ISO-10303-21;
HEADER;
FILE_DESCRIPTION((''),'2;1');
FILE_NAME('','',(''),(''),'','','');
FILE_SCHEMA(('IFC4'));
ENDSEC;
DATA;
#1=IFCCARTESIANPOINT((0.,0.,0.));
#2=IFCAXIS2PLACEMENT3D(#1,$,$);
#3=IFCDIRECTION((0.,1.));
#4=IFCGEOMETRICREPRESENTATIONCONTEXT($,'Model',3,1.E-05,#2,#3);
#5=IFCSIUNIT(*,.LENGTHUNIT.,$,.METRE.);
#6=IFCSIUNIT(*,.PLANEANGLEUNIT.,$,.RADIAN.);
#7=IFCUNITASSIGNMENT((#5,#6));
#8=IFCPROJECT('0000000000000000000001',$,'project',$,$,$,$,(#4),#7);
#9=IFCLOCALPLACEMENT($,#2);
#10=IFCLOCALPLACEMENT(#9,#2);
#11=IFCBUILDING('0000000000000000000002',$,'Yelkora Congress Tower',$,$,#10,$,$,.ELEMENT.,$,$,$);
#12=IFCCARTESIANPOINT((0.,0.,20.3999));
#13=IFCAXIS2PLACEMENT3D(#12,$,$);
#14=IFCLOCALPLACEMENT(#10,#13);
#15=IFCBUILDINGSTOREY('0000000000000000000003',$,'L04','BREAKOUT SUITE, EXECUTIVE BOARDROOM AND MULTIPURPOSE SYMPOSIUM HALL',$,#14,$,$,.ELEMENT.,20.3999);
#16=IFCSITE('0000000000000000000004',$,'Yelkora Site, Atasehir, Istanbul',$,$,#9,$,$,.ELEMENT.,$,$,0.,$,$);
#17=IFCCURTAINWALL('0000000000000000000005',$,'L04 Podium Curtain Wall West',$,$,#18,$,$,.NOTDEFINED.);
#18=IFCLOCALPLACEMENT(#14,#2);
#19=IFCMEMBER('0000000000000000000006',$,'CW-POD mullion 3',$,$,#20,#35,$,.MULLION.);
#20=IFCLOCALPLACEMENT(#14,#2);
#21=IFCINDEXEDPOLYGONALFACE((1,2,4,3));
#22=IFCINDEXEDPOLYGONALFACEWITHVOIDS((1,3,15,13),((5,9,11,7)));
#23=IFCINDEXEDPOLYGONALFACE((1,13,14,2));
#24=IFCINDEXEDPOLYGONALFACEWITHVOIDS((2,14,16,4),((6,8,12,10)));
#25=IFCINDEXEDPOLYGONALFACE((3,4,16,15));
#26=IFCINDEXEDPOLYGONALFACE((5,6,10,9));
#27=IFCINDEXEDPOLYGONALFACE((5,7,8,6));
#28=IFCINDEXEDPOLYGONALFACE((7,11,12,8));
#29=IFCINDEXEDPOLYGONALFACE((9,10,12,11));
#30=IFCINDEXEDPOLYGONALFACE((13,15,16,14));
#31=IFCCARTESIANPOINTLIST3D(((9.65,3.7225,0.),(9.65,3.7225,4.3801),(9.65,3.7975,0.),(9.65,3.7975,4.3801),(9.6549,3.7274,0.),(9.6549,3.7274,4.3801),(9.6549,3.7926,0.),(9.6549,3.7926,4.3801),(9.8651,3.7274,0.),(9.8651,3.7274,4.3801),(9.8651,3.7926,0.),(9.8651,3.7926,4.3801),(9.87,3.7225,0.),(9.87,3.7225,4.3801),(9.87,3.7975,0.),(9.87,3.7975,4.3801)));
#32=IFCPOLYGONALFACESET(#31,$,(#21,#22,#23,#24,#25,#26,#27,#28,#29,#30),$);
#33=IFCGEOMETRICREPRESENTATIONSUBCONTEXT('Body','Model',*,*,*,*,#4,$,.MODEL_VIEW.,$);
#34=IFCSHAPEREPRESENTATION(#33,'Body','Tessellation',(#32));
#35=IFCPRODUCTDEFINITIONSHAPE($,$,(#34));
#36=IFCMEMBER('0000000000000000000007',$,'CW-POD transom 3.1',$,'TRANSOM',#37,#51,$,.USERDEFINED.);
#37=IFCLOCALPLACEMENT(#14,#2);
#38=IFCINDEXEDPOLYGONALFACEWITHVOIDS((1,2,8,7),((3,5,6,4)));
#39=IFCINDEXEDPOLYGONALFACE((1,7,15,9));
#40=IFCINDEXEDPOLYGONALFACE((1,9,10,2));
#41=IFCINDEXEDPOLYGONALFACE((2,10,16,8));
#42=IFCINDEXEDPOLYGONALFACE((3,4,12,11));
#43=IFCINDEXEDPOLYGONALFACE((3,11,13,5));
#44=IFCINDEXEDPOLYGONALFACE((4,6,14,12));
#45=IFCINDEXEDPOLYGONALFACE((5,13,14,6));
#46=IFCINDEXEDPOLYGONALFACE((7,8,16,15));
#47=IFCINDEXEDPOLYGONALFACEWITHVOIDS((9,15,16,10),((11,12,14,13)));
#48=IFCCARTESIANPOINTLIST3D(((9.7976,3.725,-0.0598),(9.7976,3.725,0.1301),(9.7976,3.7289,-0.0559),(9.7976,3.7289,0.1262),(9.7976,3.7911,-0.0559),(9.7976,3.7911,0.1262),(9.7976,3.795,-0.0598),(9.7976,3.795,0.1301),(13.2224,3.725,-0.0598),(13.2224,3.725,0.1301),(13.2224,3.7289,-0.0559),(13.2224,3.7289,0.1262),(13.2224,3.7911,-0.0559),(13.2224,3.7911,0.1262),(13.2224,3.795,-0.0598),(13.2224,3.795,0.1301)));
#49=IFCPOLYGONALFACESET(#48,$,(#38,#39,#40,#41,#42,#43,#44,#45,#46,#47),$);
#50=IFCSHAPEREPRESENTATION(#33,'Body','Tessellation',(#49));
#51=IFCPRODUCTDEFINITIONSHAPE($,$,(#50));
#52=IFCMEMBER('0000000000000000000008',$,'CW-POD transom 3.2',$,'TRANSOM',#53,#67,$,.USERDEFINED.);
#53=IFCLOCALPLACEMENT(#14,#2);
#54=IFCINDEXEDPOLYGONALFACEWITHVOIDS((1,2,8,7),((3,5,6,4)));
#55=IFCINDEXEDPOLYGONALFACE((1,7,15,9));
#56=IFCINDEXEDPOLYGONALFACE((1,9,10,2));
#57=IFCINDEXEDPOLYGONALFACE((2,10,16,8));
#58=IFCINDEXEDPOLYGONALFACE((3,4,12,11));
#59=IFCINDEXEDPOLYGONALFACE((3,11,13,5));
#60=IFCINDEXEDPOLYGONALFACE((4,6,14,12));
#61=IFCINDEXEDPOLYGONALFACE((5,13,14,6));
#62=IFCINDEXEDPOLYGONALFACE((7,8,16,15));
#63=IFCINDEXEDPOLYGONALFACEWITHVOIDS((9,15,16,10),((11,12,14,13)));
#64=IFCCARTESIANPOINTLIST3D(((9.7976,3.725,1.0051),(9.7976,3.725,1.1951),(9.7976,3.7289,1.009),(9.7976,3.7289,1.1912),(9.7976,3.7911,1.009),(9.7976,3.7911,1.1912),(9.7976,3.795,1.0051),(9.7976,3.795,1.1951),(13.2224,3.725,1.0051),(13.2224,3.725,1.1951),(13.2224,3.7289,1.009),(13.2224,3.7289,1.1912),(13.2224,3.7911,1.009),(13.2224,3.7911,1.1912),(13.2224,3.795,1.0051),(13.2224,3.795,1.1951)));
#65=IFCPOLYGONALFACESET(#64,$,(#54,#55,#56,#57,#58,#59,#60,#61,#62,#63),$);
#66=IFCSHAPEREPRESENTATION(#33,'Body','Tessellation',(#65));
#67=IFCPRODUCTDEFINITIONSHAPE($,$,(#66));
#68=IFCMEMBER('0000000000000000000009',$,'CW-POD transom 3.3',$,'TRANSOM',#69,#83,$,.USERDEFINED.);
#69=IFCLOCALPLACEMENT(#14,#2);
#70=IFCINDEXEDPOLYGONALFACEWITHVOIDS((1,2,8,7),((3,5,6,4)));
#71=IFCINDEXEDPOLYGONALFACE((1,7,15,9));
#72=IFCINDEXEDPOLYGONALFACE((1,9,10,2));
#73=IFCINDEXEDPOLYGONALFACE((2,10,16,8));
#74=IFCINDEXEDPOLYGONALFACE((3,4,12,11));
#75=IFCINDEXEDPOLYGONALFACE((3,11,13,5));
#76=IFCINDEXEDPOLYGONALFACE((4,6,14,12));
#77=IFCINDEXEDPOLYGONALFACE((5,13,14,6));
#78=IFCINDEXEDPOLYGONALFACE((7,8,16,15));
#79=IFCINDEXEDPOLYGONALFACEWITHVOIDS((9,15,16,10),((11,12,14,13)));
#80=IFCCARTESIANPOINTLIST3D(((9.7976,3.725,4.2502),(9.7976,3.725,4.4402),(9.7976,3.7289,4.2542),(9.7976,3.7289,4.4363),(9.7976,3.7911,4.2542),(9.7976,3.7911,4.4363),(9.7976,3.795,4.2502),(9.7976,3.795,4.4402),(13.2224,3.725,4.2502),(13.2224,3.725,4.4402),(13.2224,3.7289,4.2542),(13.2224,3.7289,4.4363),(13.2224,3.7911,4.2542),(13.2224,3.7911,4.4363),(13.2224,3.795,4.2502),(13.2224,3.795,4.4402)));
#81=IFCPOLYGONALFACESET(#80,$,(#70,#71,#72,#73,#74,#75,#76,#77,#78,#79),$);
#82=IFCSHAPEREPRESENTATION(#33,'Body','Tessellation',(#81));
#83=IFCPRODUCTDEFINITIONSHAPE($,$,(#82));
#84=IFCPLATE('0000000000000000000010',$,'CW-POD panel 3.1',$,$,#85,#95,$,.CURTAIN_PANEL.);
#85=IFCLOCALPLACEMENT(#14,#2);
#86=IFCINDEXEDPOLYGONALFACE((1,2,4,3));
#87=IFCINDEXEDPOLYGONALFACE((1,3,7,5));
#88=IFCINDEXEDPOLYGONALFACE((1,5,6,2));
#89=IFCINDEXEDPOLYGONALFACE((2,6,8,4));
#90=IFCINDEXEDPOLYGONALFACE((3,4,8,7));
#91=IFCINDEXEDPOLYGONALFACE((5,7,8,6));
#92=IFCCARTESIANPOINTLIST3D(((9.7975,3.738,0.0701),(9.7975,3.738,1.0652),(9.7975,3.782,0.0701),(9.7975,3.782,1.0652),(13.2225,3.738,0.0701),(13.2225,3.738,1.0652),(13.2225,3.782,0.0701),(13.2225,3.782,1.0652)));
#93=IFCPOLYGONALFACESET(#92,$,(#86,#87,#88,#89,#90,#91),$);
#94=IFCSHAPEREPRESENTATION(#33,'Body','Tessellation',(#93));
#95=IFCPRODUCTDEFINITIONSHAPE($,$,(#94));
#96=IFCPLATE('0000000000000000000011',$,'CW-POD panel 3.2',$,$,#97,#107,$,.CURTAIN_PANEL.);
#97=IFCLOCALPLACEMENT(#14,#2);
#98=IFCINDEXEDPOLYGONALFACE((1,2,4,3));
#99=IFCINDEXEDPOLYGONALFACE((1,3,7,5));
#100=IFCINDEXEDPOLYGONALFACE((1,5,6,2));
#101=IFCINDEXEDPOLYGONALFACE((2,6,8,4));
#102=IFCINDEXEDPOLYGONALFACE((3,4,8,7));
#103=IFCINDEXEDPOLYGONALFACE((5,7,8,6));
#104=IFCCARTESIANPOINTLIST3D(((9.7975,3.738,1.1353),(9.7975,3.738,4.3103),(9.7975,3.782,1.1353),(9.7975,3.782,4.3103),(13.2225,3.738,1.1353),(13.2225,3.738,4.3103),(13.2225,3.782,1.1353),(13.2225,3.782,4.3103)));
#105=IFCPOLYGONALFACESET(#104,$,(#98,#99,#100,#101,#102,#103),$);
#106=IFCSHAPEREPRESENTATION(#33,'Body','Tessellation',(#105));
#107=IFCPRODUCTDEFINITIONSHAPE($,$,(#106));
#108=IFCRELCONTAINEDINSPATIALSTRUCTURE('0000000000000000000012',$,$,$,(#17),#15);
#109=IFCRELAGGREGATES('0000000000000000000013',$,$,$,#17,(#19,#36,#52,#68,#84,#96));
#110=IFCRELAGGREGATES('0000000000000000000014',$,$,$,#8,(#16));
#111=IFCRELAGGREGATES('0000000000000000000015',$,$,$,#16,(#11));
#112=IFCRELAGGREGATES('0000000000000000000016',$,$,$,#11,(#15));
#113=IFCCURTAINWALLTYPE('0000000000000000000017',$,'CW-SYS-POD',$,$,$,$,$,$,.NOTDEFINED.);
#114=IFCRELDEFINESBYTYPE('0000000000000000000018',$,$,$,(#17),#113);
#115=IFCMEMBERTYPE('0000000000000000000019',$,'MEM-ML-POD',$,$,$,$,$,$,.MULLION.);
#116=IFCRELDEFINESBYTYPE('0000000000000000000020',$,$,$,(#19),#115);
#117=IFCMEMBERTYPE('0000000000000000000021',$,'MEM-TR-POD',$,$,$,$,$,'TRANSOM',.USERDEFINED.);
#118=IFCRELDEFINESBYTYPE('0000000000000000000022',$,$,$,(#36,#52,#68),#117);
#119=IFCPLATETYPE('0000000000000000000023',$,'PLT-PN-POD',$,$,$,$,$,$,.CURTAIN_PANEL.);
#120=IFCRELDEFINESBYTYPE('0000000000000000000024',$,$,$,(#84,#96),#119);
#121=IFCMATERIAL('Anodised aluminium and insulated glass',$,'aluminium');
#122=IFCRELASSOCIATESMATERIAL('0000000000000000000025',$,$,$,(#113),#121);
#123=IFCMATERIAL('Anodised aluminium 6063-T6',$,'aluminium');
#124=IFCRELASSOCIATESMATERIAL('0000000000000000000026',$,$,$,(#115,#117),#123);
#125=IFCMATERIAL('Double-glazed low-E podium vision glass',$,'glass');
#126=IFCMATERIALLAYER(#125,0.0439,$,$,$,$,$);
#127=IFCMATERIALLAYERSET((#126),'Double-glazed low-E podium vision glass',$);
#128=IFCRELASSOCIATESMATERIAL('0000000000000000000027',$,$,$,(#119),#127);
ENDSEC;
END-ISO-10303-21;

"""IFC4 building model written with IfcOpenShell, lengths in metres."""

from ifc_helpers import new_model, si_unit, direction, frame, origin, origin_2d, place, context, subcontext, project, spatial, rectangle, hollow_rectangle, extrude, material, layer, layer_set, material_profile, profile_set, type_object, element, aggregate, save


model = new_model("IFC4")

# Units and contexts
model_context = context("Model", 3, precision=1e-05, world=origin(), true_north=direction((0.0, 1.0)))
body_context = subcontext(model_context, "Body", "Model", "MODEL_VIEW")
ifc_project = project(units=[si_unit("LENGTHUNIT", "METRE"), si_unit("PLANEANGLEUNIT", "RADIAN")], contexts=[model_context])

# Site, building, storey
site_placement = place(None, origin())
site = spatial("IfcSite", under=ifc_project, at=site_placement, Name="Yelkora Site, Atasehir, Istanbul", CompositionType="ELEMENT", RefElevation=0.0)
building_placement = place(site_placement, origin())
building = spatial("IfcBuilding", under=site, at=building_placement, Name="Yelkora Congress Tower", CompositionType="ELEMENT")
storey_placement = place(building_placement, frame((0.0, 0.0, 20.3999)))
storey = spatial("IfcBuildingStorey", under=building, at=storey_placement, Name="L04", Description="BREAKOUT SUITE, EXECUTIVE BOARDROOM AND MULTIPURPOSE SYMPOSIUM HALL", CompositionType="ELEMENT", Elevation=20.3999)

# Curtain wall, members, plates
ifc_material_1 = material(Name="Anodised aluminium and insulated glass", Category="aluminium")
curtain_wall_type = type_object("IfcCurtainWallType", Name="CW-SYS-POD", PredefinedType="NOTDEFINED", material=ifc_material_1)
curtain_wall_placement = place(storey_placement, origin())
curtain_wall = element("IfcCurtainWall", 1, at=curtain_wall_placement, inside=storey, type_object=curtain_wall_type, Name="L04 Podium Curtain Wall West", PredefinedType="NOTDEFINED")
ifc_material_2 = material(Name="Anodised aluminium 6063-T6", Category="aluminium")
ifc_material_profile_1 = material_profile(ifc_material_2, hollow_rectangle(XDim=0.075, YDim=0.22, WallThickness=0.0049, at=origin_2d()), Name="ALU 75x220x5")
ifc_profile_set_1 = profile_set([ifc_material_profile_1], Name="Anodised aluminium 6063-T6")
member_type_1 = type_object("IfcMemberType", Name="MEM-ML-POD", PredefinedType="MULLION", material=ifc_profile_set_1)
member_1_placement = place(storey_placement, frame((9.76, 3.76, 0.0), z_axis=(0.0, 0.0, 1.0), x_axis=(0.0, 1.0, 0.0)))
member_1 = element("IfcMember", 2, at=member_1_placement, type_object=member_type_1, Name="CW-POD mullion 3", PredefinedType="MULLION", context=body_context, shape_type="SweptSolid", body=[
    extrude(hollow_rectangle(XDim=0.075, YDim=0.22, WallThickness=0.0049, at=origin_2d()), origin(), (0.0, 0.0, 1.0), 4.3801),
])
ifc_material_profile_2 = material_profile(ifc_material_2, hollow_rectangle(XDim=0.0701, YDim=0.1899, WallThickness=0.0039, at=origin_2d()), Name="ALU 70x190x4")
ifc_profile_set_2 = profile_set([ifc_material_profile_2], Name="Anodised aluminium 6063-T6")
member_type_2 = type_object("IfcMemberType", Name="MEM-TR-POD", ElementType="TRANSOM", PredefinedType="USERDEFINED", material=ifc_profile_set_2)
member_2_placement = place(storey_placement, frame((9.7976, 3.76, 0.0352), z_axis=(1.0, 0.0, 0.0), x_axis=(0.0, 1.0, 0.0)))
member_2 = element("IfcMember", 3, at=member_2_placement, type_object=member_type_2, Name="CW-POD transom 3.1", ObjectType="TRANSOM", PredefinedType="USERDEFINED", context=body_context, shape_type="SweptSolid", body=[
    extrude(hollow_rectangle(XDim=0.0701, YDim=0.1899, WallThickness=0.0039, at=origin_2d()), origin(), (0.0, 0.0, 1.0), 3.4248),
])
member_3_placement = place(storey_placement, frame((9.7976, 3.76, 1.1001), z_axis=(1.0, 0.0, 0.0), x_axis=(0.0, 1.0, 0.0)))
member_3 = element("IfcMember", 4, at=member_3_placement, type_object=member_type_2, Name="CW-POD transom 3.2", ObjectType="TRANSOM", PredefinedType="USERDEFINED", context=body_context, shape_type="SweptSolid", body=[
    extrude(hollow_rectangle(XDim=0.0701, YDim=0.1899, WallThickness=0.0039, at=origin_2d()), origin(), (0.0, 0.0, 1.0), 3.4248),
])
member_4_placement = place(storey_placement, frame((9.7976, 3.76, 4.3452), z_axis=(1.0, 0.0, 0.0), x_axis=(0.0, 1.0, 0.0)))
member_4 = element("IfcMember", 5, at=member_4_placement, type_object=member_type_2, Name="CW-POD transom 3.3", ObjectType="TRANSOM", PredefinedType="USERDEFINED", context=body_context, shape_type="SweptSolid", body=[
    extrude(hollow_rectangle(XDim=0.0701, YDim=0.1899, WallThickness=0.0039, at=origin_2d()), origin(), (0.0, 0.0, 1.0), 3.4248),
])
ifc_material_3 = material(Name="Double-glazed low-E podium vision glass", Category="glass")
ifc_layer_1 = layer(ifc_material_3, 0.0439)
ifc_layer_set_1 = layer_set([ifc_layer_1], Name="Double-glazed low-E podium vision glass")
plate_type = type_object("IfcPlateType", Name="PLT-PN-POD", PredefinedType="CURTAIN_PANEL", material=ifc_layer_set_1)
plate_1_placement = place(storey_placement, frame((11.51, 3.76, 0.0701), z_axis=(0.0, 0.0, 1.0), x_axis=(1.0, 0.0, 0.0)))
plate_1 = element("IfcPlate", 6, at=plate_1_placement, type_object=plate_type, Name="CW-POD panel 3.1", PredefinedType="CURTAIN_PANEL", context=body_context, shape_type="SweptSolid", body=[
    extrude(rectangle(XDim=3.425, YDim=0.0439, at=origin_2d()), origin(), (0.0, 0.0, 1.0), 0.9951),
])
plate_2_placement = place(storey_placement, frame((11.51, 3.76, 1.1353), z_axis=(0.0, 0.0, 1.0), x_axis=(1.0, 0.0, 0.0)))
plate_2 = element("IfcPlate", 7, at=plate_2_placement, type_object=plate_type, Name="CW-POD panel 3.2", PredefinedType="CURTAIN_PANEL", context=body_context, shape_type="SweptSolid", body=[
    extrude(rectangle(XDim=3.425, YDim=0.0439, at=origin_2d()), origin(), (0.0, 0.0, 1.0), 3.175),
])
aggregate(curtain_wall, [member_1, member_2, member_3, member_4, plate_1, plate_2])

save(model, "model.ifc")
